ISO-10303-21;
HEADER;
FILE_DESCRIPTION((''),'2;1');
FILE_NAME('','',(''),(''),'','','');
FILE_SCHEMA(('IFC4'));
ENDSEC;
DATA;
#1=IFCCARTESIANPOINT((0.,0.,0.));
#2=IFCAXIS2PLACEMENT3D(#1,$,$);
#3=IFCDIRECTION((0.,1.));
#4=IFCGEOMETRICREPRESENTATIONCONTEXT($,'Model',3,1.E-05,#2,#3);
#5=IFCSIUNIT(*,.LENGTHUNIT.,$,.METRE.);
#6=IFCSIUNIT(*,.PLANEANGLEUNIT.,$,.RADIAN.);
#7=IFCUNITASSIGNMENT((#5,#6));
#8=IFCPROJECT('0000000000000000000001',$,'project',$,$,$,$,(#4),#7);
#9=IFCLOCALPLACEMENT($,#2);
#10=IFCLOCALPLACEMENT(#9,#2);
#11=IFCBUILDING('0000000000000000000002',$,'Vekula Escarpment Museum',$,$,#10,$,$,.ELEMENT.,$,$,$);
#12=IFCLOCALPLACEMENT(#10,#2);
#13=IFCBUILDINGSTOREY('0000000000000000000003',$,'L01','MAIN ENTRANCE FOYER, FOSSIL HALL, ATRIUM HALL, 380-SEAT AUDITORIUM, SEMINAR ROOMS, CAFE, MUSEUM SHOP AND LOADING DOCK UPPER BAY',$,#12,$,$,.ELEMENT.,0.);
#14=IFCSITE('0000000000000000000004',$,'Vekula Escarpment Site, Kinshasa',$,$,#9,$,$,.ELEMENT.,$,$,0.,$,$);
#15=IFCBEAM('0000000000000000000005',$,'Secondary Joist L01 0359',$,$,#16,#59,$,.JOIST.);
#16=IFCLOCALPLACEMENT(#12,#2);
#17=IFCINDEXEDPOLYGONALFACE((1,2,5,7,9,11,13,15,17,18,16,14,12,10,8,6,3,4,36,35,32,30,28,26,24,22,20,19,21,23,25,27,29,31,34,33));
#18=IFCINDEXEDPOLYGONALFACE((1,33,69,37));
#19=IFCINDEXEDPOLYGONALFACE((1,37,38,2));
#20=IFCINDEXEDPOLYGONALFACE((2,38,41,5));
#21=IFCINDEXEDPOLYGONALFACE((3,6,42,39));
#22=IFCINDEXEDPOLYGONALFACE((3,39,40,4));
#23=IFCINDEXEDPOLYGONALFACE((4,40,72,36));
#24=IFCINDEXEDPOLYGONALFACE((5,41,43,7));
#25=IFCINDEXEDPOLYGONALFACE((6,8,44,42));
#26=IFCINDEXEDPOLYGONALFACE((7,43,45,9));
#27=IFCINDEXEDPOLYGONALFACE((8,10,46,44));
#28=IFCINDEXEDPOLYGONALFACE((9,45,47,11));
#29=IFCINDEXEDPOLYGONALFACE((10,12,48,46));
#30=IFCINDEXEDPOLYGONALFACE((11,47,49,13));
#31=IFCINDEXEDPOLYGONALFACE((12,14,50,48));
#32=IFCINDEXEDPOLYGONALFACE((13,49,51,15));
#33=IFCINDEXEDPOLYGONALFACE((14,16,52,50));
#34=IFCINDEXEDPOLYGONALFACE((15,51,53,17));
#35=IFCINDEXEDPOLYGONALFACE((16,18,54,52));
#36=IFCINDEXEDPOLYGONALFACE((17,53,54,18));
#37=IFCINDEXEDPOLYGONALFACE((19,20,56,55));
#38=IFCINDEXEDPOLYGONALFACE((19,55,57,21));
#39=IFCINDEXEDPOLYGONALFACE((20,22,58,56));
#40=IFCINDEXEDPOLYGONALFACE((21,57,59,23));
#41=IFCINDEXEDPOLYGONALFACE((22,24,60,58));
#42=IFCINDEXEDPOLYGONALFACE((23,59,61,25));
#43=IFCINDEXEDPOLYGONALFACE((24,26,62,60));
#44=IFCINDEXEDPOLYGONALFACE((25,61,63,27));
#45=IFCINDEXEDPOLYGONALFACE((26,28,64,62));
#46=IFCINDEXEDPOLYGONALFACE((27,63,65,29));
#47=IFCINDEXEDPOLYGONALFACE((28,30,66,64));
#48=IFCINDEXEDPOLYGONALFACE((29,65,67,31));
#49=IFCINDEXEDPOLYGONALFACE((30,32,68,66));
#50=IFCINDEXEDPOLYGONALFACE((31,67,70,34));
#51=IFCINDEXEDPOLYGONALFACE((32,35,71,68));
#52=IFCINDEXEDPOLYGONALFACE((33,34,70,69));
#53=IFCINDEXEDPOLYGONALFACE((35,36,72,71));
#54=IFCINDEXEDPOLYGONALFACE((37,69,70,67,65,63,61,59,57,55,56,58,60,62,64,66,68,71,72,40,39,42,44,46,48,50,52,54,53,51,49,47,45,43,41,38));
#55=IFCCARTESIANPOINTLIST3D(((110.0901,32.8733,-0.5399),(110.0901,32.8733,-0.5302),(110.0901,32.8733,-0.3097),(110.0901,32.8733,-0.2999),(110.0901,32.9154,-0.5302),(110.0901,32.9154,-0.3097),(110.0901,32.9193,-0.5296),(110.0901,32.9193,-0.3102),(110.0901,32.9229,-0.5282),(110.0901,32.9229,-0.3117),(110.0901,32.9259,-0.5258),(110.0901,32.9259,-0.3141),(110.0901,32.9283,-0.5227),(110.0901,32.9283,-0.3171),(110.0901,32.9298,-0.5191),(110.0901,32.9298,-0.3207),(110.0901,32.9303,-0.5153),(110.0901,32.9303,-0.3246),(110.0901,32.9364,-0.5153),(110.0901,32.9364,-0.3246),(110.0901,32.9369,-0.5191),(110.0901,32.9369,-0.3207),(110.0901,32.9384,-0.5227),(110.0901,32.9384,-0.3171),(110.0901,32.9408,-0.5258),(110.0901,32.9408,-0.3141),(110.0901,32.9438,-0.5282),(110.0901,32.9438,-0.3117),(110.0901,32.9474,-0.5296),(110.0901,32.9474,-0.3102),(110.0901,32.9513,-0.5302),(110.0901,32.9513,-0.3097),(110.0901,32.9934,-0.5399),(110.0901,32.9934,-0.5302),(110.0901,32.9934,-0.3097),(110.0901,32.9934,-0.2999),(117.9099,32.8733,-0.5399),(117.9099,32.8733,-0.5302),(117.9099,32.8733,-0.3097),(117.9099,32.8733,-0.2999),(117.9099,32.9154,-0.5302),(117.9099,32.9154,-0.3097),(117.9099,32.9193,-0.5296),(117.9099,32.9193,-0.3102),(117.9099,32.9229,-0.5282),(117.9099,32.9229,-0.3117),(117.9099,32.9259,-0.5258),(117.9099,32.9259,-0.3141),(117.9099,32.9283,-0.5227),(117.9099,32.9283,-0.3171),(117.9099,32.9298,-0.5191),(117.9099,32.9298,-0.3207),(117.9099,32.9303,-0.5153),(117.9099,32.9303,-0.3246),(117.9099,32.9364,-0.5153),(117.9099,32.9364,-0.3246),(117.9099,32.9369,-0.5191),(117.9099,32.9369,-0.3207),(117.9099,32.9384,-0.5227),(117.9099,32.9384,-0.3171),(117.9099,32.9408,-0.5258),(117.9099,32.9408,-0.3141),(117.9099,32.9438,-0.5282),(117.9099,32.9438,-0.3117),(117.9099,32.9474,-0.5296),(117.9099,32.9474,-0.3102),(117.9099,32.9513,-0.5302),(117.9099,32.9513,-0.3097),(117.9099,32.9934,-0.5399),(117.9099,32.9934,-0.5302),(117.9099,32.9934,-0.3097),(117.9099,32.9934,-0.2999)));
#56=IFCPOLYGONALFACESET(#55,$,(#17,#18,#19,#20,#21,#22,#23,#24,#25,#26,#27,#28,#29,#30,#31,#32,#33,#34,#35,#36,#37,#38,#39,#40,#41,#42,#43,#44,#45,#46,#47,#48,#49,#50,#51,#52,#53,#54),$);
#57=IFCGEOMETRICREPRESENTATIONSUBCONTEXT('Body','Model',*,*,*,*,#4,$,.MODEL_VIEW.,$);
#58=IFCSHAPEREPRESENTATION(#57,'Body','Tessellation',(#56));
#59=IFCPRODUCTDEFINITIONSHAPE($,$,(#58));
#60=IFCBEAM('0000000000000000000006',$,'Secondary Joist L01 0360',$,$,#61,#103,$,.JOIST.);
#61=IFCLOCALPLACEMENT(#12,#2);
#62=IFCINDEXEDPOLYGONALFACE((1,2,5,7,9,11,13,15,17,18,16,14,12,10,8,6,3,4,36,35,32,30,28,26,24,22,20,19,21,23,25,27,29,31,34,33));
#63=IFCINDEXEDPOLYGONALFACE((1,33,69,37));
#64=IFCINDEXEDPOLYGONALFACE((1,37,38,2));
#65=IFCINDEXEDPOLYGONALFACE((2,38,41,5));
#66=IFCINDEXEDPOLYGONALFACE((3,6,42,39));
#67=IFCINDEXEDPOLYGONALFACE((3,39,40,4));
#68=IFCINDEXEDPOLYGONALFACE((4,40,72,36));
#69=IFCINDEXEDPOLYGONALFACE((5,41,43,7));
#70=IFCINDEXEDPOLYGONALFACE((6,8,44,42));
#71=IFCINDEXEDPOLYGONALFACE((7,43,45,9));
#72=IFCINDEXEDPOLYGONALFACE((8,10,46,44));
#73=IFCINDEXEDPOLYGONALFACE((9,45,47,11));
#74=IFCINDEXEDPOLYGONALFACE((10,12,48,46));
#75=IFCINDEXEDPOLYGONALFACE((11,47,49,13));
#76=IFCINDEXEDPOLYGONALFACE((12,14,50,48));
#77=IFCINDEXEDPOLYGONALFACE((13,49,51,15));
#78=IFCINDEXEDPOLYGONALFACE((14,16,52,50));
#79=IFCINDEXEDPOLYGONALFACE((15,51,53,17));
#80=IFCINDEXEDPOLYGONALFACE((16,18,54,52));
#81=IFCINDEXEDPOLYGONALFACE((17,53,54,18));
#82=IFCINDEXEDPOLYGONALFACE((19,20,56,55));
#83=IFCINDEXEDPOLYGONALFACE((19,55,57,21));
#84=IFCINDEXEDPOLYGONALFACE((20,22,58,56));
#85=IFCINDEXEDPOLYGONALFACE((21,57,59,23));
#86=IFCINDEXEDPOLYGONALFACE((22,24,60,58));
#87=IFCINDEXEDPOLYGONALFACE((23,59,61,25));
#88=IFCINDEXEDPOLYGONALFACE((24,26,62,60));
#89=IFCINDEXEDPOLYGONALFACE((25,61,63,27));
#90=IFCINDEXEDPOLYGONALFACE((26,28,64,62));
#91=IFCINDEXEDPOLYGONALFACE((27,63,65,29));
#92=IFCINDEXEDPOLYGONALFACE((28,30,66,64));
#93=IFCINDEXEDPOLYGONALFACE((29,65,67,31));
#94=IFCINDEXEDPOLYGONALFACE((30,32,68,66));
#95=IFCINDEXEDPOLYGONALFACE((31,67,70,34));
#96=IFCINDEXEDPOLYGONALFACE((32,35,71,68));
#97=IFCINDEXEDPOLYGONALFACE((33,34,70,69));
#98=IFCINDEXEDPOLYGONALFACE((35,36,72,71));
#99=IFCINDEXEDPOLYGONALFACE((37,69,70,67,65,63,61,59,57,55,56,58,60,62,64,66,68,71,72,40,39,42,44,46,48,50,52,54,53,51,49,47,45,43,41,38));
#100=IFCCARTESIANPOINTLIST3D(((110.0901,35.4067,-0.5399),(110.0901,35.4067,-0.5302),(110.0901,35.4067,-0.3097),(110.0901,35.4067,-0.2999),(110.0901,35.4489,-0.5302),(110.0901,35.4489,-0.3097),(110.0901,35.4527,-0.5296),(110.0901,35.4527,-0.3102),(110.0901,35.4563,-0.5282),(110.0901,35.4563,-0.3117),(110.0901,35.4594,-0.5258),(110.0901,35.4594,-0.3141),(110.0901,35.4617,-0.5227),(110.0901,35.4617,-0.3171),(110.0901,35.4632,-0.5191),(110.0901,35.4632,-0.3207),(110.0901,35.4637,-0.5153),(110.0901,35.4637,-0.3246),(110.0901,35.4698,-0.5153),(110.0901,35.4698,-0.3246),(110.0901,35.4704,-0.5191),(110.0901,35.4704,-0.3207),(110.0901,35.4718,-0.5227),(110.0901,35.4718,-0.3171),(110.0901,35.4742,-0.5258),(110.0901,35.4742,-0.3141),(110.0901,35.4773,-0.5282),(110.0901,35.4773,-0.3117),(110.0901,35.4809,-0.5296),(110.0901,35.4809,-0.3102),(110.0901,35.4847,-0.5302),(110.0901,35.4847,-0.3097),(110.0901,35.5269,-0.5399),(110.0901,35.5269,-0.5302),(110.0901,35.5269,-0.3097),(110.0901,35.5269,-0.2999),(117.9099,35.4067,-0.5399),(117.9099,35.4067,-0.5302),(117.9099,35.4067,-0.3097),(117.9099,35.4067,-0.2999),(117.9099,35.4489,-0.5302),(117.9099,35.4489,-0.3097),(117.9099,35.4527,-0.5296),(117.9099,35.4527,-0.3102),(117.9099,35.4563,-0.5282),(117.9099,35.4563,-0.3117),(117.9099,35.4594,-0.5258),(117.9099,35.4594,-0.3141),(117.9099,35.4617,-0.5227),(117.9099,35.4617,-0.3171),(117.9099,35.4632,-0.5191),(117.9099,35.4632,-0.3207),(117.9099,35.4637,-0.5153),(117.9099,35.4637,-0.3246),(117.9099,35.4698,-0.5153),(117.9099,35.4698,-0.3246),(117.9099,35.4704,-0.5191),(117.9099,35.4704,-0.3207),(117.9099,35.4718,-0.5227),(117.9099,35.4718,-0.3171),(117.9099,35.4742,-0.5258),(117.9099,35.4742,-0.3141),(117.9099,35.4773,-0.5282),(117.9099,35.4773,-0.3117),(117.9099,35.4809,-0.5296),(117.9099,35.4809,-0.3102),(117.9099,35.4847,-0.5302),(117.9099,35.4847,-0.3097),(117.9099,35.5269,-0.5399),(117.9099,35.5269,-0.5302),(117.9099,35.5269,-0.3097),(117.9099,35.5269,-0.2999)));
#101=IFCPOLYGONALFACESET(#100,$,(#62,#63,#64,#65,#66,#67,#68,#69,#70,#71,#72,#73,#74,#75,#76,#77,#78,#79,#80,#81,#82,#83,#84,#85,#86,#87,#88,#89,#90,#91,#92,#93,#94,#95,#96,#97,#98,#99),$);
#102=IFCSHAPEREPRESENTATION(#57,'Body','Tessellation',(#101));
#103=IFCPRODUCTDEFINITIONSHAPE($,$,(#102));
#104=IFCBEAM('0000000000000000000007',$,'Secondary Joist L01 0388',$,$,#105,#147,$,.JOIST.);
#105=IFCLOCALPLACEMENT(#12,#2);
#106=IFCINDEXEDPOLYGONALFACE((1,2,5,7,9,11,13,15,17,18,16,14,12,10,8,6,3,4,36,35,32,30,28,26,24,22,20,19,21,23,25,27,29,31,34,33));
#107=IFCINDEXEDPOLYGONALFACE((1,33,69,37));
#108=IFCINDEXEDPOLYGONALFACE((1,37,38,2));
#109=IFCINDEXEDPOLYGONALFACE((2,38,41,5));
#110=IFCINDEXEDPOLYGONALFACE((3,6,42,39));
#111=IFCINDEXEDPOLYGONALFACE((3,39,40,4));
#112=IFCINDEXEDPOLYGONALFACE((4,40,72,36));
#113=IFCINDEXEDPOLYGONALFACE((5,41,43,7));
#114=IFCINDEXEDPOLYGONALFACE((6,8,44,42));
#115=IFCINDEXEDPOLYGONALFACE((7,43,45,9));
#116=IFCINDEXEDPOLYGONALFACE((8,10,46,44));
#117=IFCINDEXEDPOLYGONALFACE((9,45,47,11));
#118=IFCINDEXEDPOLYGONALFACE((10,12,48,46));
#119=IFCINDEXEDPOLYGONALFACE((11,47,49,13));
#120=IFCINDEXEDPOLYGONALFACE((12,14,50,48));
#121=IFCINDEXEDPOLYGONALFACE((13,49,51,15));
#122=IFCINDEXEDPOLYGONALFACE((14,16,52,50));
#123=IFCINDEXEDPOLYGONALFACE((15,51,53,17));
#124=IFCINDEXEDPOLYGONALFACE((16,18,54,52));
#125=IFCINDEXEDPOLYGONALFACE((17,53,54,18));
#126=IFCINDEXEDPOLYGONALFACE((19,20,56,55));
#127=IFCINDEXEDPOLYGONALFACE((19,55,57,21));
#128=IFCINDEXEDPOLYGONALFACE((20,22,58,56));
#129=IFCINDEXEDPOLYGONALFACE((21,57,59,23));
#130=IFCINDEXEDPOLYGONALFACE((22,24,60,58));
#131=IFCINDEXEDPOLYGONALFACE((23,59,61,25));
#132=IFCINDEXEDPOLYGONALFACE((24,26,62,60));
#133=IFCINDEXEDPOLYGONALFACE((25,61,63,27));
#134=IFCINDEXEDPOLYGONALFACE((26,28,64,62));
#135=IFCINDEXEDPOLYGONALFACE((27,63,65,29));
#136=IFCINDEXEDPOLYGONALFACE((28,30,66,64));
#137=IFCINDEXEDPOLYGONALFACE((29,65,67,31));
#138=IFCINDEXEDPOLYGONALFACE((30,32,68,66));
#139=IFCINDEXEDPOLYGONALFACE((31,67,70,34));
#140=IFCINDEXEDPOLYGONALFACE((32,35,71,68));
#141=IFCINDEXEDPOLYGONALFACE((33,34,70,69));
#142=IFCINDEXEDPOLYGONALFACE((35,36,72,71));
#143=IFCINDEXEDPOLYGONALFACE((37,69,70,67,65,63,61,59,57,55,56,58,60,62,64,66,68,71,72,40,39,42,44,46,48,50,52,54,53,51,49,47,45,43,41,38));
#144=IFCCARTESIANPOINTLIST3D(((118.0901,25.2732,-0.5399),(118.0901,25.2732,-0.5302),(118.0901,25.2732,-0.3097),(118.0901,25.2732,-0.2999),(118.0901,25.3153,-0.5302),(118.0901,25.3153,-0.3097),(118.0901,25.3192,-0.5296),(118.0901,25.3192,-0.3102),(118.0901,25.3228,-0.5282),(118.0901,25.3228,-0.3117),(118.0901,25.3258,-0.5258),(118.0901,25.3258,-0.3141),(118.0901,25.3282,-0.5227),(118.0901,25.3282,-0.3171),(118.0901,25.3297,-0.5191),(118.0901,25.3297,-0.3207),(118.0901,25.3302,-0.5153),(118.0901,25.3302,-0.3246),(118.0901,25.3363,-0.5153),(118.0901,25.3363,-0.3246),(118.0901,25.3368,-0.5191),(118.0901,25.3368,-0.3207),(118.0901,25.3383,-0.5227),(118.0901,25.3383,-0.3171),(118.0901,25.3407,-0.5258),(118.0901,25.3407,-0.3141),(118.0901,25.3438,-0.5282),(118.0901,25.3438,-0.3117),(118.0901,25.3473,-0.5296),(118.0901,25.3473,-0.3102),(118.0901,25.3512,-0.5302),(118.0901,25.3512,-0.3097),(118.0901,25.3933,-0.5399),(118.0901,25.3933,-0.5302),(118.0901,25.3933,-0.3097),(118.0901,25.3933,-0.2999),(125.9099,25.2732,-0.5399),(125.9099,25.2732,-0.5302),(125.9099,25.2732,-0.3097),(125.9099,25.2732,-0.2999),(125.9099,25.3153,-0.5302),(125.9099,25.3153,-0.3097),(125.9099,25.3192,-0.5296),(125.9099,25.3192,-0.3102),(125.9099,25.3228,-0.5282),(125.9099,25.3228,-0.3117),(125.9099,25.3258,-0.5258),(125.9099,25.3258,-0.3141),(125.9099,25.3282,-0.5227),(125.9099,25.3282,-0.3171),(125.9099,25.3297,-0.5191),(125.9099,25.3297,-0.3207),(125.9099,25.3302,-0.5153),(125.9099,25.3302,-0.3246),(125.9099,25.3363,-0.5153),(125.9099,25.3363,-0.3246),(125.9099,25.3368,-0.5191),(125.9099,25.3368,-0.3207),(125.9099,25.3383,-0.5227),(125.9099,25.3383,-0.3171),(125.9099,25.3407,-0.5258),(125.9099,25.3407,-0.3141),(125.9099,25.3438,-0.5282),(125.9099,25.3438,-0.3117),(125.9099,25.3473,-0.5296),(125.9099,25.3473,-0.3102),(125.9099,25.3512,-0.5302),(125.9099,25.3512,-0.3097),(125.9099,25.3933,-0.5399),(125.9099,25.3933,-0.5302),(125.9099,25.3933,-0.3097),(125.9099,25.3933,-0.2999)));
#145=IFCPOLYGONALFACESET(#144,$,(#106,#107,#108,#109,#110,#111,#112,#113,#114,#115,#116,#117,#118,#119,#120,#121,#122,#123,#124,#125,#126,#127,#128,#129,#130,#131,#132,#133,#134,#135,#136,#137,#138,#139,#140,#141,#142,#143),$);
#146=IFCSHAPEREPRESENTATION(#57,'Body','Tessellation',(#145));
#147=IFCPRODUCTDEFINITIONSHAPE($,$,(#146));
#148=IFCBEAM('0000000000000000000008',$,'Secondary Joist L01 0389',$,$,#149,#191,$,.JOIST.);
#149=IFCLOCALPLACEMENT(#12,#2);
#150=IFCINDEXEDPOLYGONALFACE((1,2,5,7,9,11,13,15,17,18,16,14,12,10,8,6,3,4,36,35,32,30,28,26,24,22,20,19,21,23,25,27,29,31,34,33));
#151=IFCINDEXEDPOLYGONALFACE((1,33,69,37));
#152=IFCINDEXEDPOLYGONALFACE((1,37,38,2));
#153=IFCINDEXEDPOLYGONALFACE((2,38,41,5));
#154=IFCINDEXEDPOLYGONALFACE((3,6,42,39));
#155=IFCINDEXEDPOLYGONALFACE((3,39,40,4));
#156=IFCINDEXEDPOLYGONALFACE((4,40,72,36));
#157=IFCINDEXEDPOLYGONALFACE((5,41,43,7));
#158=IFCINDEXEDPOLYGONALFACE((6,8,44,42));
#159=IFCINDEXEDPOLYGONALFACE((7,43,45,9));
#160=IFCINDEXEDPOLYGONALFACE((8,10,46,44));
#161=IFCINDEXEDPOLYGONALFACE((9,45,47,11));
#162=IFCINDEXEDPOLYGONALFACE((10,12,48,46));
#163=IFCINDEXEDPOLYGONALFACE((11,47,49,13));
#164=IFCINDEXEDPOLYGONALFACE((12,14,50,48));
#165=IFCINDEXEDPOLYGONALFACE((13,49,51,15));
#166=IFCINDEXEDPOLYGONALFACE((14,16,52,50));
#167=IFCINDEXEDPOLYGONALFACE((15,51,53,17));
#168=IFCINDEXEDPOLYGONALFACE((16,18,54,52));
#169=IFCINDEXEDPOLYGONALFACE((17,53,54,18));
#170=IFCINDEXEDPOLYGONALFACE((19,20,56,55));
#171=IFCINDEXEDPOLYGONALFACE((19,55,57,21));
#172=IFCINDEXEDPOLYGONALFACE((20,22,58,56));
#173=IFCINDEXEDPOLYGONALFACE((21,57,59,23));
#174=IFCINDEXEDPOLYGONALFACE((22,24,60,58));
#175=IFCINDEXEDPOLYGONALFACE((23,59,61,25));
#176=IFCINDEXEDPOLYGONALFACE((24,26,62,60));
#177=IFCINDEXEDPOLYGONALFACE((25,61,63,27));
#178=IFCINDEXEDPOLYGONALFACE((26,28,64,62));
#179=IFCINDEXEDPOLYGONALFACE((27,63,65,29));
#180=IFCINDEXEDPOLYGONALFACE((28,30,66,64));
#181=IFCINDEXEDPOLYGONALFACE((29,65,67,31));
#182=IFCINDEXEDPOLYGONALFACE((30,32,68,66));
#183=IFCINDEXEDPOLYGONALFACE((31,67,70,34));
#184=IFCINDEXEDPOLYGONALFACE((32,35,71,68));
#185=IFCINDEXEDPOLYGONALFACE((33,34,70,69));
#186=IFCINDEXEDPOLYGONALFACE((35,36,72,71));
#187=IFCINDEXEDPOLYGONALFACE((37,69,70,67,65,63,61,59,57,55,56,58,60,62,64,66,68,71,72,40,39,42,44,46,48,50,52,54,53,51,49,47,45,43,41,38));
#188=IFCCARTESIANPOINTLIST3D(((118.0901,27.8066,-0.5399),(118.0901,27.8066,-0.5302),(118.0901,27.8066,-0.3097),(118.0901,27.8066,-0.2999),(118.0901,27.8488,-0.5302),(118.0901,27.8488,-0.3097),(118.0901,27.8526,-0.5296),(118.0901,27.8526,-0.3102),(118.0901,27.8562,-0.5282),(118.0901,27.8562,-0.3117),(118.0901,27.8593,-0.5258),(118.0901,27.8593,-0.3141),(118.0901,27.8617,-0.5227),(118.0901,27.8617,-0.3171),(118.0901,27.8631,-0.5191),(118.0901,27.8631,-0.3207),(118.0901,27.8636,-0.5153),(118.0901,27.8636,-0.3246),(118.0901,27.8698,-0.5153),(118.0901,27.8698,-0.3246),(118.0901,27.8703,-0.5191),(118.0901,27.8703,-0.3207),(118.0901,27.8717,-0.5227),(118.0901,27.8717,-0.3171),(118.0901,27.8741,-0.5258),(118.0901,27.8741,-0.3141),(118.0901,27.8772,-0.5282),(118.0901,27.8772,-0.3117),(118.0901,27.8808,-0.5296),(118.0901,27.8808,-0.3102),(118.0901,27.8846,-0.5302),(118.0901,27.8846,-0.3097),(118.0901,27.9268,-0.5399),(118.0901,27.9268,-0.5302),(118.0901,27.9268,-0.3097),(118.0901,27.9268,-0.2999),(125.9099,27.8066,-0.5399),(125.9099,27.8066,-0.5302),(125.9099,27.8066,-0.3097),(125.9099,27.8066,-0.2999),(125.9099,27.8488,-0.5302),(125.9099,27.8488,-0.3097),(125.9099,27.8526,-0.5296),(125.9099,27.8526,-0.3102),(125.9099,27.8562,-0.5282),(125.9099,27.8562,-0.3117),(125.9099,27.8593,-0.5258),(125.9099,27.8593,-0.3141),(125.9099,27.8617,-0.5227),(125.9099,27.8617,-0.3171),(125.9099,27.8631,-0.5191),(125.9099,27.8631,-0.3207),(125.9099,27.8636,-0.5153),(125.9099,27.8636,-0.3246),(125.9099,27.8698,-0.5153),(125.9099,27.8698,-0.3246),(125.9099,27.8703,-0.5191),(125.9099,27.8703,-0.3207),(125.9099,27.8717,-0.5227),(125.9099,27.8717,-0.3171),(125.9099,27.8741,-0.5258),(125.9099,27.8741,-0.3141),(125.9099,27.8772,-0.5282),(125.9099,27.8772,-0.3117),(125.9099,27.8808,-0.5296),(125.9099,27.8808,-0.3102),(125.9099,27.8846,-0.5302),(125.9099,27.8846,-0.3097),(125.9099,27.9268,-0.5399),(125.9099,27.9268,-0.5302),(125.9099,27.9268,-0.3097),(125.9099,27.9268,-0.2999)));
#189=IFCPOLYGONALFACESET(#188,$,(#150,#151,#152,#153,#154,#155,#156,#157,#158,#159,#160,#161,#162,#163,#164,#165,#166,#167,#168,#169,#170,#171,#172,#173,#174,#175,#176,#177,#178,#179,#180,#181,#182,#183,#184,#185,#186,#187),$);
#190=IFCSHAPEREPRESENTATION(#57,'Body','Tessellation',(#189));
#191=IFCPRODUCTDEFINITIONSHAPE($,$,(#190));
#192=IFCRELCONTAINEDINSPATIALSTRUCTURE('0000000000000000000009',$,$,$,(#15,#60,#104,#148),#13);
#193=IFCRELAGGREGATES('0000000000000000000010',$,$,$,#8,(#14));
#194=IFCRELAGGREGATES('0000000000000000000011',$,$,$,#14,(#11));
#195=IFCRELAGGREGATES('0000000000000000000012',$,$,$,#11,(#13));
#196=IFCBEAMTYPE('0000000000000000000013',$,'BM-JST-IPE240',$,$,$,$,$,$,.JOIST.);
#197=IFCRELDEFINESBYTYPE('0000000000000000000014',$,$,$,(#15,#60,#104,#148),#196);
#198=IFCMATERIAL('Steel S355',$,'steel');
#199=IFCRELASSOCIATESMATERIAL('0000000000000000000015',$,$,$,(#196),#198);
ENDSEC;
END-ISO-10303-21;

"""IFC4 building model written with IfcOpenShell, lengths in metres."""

from ifc_helpers import new_model, si_unit, direction, frame, origin, origin_2d, place, context, subcontext, project, spatial, i_section, extrude, material, material_profile, profile_set, type_object, element, save


model = new_model("IFC4")

# Units and contexts
model_context = context("Model", 3, precision=1e-05, world=origin(), true_north=direction((0.0, 1.0)))
body_context = subcontext(model_context, "Body", "Model", "MODEL_VIEW")
ifc_project = project(units=[si_unit("LENGTHUNIT", "METRE"), si_unit("PLANEANGLEUNIT", "RADIAN")], contexts=[model_context])

# Site, building, storey
site_placement = place(None, origin())
site = spatial("IfcSite", under=ifc_project, at=site_placement, Name="Vekula Escarpment Site, Kinshasa", CompositionType="ELEMENT", RefElevation=0.0)
building_placement = place(site_placement, origin())
building = spatial("IfcBuilding", under=site, at=building_placement, Name="Vekula Escarpment Museum", CompositionType="ELEMENT")
storey_placement = place(building_placement, origin())
storey = spatial("IfcBuildingStorey", under=building, at=storey_placement, Name="L01", Description="MAIN ENTRANCE FOYER, FOSSIL HALL, ATRIUM HALL, 380-SEAT AUDITORIUM, SEMINAR ROOMS, CAFE, MUSEUM SHOP AND LOADING DOCK UPPER BAY", CompositionType="ELEMENT", Elevation=0.0)

# Beams
ifc_material_1 = material(Name="Steel S355", Category="steel")
ifc_material_profile_1 = material_profile(ifc_material_1, i_section(OverallWidth=0.1201, OverallDepth=0.24, WebThickness=0.0061, FlangeThickness=0.0098, FilletRadius=0.0149, at=origin_2d()), Name="IPE 240")
ifc_profile_set_1 = profile_set([ifc_material_profile_1], Name="Steel S355")
beam_type_1 = type_object("IfcBeamType", Name="BM-JST-IPE240", PredefinedType="JOIST", material=ifc_profile_set_1)
for number, where, z_axis, x_axis, name in (
    (1, (110.0901, 32.9333, -0.4199), (1.0, 0.0, 0.0), (0.0, 1.0, 0.0), "Secondary Joist L01 0359"),
    (2, (110.0901, 35.4668, -0.4199), (1.0, 0.0, 0.0), (0.0, 1.0, 0.0), "Secondary Joist L01 0360"),
    (3, (118.0901, 25.3333, -0.4199), (1.0, 0.0, 0.0), (0.0, 1.0, 0.0), "Secondary Joist L01 0388"),
    (4, (118.0901, 27.8667, -0.4199), (1.0, 0.0, 0.0), (0.0, 1.0, 0.0), "Secondary Joist L01 0389"),
):
    element("IfcBeam", number, at=place(storey_placement, frame(where, z_axis=z_axis, x_axis=x_axis)), inside=storey, type_object=beam_type_1, Name=name, PredefinedType="JOIST", context=body_context, shape_type="SweptSolid", body=[
        extrude(i_section(OverallWidth=0.1201, OverallDepth=0.24, WebThickness=0.0061, FlangeThickness=0.0098, FilletRadius=0.0149, at=origin_2d()), origin(), (0.0, 0.0, 1.0), 7.8198),
    ])

save(model, "model.ifc")
